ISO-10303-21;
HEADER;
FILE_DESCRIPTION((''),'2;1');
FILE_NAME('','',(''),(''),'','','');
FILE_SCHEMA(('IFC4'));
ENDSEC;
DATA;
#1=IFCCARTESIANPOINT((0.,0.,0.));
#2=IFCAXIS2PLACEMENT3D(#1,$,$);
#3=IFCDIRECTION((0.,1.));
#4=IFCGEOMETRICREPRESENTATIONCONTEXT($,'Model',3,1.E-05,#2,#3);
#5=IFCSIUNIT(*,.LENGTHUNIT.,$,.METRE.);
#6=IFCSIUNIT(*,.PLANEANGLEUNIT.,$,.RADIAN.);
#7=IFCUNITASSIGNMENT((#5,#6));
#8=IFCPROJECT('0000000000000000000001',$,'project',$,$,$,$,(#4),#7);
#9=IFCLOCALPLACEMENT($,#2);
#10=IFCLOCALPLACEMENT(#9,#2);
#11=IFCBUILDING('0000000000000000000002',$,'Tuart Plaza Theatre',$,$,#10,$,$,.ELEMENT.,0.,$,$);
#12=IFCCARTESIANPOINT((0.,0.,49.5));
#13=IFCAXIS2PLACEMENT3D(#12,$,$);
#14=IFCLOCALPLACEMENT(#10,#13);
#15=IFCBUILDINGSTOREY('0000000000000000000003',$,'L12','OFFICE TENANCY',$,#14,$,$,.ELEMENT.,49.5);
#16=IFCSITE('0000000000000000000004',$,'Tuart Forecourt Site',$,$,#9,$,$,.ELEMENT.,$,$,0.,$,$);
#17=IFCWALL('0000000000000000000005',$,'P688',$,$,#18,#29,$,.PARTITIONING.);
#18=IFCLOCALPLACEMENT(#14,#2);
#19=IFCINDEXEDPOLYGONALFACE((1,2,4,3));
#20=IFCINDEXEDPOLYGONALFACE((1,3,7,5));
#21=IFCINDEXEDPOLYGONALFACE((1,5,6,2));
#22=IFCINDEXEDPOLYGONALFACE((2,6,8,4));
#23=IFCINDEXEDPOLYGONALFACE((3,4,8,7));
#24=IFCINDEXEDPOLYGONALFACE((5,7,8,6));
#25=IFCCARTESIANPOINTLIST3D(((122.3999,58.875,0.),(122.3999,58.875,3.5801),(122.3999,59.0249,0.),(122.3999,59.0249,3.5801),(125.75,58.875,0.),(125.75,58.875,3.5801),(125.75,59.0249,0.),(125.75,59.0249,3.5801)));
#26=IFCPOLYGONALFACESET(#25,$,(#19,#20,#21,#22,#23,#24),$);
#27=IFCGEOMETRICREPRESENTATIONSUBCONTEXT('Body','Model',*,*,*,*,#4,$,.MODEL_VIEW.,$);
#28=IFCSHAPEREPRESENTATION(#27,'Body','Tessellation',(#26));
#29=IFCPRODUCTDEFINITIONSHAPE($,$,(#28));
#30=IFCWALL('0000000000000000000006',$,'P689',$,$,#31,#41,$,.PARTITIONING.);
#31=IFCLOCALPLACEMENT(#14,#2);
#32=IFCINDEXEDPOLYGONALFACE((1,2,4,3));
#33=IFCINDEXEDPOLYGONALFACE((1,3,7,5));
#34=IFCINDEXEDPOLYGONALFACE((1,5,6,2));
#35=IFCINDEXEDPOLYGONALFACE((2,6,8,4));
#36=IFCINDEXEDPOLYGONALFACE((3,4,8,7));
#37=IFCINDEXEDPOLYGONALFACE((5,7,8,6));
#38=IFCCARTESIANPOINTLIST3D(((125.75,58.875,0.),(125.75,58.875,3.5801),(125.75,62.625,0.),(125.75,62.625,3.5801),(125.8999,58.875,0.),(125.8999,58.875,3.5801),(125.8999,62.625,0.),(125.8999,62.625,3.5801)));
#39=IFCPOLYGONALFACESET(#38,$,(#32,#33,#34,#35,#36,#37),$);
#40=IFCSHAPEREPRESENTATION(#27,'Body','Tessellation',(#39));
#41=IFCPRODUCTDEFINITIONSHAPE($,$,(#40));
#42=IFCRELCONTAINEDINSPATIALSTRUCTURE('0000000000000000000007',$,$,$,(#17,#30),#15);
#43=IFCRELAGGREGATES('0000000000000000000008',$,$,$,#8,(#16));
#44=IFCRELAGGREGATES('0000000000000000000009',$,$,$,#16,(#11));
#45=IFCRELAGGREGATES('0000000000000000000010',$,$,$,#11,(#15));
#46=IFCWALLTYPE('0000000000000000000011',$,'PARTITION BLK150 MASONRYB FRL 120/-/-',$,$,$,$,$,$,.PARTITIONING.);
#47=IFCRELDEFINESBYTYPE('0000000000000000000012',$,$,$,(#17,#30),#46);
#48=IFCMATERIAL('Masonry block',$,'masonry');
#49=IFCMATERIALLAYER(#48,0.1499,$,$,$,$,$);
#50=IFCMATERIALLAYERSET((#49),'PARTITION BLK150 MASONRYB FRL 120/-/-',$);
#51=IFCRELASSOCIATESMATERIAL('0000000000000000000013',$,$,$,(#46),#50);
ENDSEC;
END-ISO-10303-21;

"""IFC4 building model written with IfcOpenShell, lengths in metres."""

from ifc_helpers import new_model, si_unit, direction, frame, frame_2d, origin, place, context, subcontext, project, spatial, rectangle, extrude, material, layer, layer_set, type_object, element, save


model = new_model("IFC4")

# Units and contexts
model_context = context("Model", 3, precision=1e-05, world=origin(), true_north=direction((0.0, 1.0)))
body_context = subcontext(model_context, "Body", "Model", "MODEL_VIEW")
ifc_project = project(units=[si_unit("LENGTHUNIT", "METRE"), si_unit("PLANEANGLEUNIT", "RADIAN")], contexts=[model_context])

# Site, building, storey
site_placement = place(None, origin())
site = spatial("IfcSite", under=ifc_project, at=site_placement, Name="Tuart Forecourt Site", CompositionType="ELEMENT", RefElevation=0.0)
building_placement = place(site_placement, origin())
building = spatial("IfcBuilding", under=site, at=building_placement, Name="Tuart Plaza Theatre", CompositionType="ELEMENT", ElevationOfRefHeight=0.0)
storey_placement = place(building_placement, frame((0.0, 0.0, 49.5)))
storey = spatial("IfcBuildingStorey", under=building, at=storey_placement, Name="L12", Description="OFFICE TENANCY", CompositionType="ELEMENT", Elevation=49.5)

# Walls
ifc_material_1 = material(Name="Masonry block", Category="masonry")
ifc_layer_1 = layer(ifc_material_1, 0.1499)
ifc_layer_set_1 = layer_set([ifc_layer_1], Name="PARTITION BLK150 MASONRYB FRL 120/-/-")
wall_type = type_object("IfcWallType", Name="PARTITION BLK150 MASONRYB FRL 120/-/-", PredefinedType="PARTITIONING", material=ifc_layer_set_1)
wall_1_placement = place(storey_placement, frame((122.3999, 58.95, 0.0), z_axis=(0.0, 0.0, 1.0), x_axis=(1.0, 0.0, 0.0)))
element("IfcWall", 1, at=wall_1_placement, inside=storey, type_object=wall_type, Name="P688", PredefinedType="PARTITIONING", context=body_context, shape_type="SweptSolid", body=[
    extrude(rectangle(XDim=3.3501, YDim=0.1499, at=frame_2d((1.675, 0.0))), origin(), (0.0, 0.0, 1.0), 3.5801),
])
wall_2_placement = place(storey_placement, frame((125.825, 62.625, 0.0), z_axis=(0.0, 0.0, 1.0), x_axis=(0.0, -1.0, 0.0)))
element("IfcWall", 2, at=wall_2_placement, inside=storey, type_object=wall_type, Name="P689", PredefinedType="PARTITIONING", context=body_context, shape_type="SweptSolid", body=[
    extrude(rectangle(XDim=3.75, YDim=0.1499, at=frame_2d((1.875, 0.0))), origin(), (0.0, 0.0, 1.0), 3.5801),
])

save(model, "model.ifc")
